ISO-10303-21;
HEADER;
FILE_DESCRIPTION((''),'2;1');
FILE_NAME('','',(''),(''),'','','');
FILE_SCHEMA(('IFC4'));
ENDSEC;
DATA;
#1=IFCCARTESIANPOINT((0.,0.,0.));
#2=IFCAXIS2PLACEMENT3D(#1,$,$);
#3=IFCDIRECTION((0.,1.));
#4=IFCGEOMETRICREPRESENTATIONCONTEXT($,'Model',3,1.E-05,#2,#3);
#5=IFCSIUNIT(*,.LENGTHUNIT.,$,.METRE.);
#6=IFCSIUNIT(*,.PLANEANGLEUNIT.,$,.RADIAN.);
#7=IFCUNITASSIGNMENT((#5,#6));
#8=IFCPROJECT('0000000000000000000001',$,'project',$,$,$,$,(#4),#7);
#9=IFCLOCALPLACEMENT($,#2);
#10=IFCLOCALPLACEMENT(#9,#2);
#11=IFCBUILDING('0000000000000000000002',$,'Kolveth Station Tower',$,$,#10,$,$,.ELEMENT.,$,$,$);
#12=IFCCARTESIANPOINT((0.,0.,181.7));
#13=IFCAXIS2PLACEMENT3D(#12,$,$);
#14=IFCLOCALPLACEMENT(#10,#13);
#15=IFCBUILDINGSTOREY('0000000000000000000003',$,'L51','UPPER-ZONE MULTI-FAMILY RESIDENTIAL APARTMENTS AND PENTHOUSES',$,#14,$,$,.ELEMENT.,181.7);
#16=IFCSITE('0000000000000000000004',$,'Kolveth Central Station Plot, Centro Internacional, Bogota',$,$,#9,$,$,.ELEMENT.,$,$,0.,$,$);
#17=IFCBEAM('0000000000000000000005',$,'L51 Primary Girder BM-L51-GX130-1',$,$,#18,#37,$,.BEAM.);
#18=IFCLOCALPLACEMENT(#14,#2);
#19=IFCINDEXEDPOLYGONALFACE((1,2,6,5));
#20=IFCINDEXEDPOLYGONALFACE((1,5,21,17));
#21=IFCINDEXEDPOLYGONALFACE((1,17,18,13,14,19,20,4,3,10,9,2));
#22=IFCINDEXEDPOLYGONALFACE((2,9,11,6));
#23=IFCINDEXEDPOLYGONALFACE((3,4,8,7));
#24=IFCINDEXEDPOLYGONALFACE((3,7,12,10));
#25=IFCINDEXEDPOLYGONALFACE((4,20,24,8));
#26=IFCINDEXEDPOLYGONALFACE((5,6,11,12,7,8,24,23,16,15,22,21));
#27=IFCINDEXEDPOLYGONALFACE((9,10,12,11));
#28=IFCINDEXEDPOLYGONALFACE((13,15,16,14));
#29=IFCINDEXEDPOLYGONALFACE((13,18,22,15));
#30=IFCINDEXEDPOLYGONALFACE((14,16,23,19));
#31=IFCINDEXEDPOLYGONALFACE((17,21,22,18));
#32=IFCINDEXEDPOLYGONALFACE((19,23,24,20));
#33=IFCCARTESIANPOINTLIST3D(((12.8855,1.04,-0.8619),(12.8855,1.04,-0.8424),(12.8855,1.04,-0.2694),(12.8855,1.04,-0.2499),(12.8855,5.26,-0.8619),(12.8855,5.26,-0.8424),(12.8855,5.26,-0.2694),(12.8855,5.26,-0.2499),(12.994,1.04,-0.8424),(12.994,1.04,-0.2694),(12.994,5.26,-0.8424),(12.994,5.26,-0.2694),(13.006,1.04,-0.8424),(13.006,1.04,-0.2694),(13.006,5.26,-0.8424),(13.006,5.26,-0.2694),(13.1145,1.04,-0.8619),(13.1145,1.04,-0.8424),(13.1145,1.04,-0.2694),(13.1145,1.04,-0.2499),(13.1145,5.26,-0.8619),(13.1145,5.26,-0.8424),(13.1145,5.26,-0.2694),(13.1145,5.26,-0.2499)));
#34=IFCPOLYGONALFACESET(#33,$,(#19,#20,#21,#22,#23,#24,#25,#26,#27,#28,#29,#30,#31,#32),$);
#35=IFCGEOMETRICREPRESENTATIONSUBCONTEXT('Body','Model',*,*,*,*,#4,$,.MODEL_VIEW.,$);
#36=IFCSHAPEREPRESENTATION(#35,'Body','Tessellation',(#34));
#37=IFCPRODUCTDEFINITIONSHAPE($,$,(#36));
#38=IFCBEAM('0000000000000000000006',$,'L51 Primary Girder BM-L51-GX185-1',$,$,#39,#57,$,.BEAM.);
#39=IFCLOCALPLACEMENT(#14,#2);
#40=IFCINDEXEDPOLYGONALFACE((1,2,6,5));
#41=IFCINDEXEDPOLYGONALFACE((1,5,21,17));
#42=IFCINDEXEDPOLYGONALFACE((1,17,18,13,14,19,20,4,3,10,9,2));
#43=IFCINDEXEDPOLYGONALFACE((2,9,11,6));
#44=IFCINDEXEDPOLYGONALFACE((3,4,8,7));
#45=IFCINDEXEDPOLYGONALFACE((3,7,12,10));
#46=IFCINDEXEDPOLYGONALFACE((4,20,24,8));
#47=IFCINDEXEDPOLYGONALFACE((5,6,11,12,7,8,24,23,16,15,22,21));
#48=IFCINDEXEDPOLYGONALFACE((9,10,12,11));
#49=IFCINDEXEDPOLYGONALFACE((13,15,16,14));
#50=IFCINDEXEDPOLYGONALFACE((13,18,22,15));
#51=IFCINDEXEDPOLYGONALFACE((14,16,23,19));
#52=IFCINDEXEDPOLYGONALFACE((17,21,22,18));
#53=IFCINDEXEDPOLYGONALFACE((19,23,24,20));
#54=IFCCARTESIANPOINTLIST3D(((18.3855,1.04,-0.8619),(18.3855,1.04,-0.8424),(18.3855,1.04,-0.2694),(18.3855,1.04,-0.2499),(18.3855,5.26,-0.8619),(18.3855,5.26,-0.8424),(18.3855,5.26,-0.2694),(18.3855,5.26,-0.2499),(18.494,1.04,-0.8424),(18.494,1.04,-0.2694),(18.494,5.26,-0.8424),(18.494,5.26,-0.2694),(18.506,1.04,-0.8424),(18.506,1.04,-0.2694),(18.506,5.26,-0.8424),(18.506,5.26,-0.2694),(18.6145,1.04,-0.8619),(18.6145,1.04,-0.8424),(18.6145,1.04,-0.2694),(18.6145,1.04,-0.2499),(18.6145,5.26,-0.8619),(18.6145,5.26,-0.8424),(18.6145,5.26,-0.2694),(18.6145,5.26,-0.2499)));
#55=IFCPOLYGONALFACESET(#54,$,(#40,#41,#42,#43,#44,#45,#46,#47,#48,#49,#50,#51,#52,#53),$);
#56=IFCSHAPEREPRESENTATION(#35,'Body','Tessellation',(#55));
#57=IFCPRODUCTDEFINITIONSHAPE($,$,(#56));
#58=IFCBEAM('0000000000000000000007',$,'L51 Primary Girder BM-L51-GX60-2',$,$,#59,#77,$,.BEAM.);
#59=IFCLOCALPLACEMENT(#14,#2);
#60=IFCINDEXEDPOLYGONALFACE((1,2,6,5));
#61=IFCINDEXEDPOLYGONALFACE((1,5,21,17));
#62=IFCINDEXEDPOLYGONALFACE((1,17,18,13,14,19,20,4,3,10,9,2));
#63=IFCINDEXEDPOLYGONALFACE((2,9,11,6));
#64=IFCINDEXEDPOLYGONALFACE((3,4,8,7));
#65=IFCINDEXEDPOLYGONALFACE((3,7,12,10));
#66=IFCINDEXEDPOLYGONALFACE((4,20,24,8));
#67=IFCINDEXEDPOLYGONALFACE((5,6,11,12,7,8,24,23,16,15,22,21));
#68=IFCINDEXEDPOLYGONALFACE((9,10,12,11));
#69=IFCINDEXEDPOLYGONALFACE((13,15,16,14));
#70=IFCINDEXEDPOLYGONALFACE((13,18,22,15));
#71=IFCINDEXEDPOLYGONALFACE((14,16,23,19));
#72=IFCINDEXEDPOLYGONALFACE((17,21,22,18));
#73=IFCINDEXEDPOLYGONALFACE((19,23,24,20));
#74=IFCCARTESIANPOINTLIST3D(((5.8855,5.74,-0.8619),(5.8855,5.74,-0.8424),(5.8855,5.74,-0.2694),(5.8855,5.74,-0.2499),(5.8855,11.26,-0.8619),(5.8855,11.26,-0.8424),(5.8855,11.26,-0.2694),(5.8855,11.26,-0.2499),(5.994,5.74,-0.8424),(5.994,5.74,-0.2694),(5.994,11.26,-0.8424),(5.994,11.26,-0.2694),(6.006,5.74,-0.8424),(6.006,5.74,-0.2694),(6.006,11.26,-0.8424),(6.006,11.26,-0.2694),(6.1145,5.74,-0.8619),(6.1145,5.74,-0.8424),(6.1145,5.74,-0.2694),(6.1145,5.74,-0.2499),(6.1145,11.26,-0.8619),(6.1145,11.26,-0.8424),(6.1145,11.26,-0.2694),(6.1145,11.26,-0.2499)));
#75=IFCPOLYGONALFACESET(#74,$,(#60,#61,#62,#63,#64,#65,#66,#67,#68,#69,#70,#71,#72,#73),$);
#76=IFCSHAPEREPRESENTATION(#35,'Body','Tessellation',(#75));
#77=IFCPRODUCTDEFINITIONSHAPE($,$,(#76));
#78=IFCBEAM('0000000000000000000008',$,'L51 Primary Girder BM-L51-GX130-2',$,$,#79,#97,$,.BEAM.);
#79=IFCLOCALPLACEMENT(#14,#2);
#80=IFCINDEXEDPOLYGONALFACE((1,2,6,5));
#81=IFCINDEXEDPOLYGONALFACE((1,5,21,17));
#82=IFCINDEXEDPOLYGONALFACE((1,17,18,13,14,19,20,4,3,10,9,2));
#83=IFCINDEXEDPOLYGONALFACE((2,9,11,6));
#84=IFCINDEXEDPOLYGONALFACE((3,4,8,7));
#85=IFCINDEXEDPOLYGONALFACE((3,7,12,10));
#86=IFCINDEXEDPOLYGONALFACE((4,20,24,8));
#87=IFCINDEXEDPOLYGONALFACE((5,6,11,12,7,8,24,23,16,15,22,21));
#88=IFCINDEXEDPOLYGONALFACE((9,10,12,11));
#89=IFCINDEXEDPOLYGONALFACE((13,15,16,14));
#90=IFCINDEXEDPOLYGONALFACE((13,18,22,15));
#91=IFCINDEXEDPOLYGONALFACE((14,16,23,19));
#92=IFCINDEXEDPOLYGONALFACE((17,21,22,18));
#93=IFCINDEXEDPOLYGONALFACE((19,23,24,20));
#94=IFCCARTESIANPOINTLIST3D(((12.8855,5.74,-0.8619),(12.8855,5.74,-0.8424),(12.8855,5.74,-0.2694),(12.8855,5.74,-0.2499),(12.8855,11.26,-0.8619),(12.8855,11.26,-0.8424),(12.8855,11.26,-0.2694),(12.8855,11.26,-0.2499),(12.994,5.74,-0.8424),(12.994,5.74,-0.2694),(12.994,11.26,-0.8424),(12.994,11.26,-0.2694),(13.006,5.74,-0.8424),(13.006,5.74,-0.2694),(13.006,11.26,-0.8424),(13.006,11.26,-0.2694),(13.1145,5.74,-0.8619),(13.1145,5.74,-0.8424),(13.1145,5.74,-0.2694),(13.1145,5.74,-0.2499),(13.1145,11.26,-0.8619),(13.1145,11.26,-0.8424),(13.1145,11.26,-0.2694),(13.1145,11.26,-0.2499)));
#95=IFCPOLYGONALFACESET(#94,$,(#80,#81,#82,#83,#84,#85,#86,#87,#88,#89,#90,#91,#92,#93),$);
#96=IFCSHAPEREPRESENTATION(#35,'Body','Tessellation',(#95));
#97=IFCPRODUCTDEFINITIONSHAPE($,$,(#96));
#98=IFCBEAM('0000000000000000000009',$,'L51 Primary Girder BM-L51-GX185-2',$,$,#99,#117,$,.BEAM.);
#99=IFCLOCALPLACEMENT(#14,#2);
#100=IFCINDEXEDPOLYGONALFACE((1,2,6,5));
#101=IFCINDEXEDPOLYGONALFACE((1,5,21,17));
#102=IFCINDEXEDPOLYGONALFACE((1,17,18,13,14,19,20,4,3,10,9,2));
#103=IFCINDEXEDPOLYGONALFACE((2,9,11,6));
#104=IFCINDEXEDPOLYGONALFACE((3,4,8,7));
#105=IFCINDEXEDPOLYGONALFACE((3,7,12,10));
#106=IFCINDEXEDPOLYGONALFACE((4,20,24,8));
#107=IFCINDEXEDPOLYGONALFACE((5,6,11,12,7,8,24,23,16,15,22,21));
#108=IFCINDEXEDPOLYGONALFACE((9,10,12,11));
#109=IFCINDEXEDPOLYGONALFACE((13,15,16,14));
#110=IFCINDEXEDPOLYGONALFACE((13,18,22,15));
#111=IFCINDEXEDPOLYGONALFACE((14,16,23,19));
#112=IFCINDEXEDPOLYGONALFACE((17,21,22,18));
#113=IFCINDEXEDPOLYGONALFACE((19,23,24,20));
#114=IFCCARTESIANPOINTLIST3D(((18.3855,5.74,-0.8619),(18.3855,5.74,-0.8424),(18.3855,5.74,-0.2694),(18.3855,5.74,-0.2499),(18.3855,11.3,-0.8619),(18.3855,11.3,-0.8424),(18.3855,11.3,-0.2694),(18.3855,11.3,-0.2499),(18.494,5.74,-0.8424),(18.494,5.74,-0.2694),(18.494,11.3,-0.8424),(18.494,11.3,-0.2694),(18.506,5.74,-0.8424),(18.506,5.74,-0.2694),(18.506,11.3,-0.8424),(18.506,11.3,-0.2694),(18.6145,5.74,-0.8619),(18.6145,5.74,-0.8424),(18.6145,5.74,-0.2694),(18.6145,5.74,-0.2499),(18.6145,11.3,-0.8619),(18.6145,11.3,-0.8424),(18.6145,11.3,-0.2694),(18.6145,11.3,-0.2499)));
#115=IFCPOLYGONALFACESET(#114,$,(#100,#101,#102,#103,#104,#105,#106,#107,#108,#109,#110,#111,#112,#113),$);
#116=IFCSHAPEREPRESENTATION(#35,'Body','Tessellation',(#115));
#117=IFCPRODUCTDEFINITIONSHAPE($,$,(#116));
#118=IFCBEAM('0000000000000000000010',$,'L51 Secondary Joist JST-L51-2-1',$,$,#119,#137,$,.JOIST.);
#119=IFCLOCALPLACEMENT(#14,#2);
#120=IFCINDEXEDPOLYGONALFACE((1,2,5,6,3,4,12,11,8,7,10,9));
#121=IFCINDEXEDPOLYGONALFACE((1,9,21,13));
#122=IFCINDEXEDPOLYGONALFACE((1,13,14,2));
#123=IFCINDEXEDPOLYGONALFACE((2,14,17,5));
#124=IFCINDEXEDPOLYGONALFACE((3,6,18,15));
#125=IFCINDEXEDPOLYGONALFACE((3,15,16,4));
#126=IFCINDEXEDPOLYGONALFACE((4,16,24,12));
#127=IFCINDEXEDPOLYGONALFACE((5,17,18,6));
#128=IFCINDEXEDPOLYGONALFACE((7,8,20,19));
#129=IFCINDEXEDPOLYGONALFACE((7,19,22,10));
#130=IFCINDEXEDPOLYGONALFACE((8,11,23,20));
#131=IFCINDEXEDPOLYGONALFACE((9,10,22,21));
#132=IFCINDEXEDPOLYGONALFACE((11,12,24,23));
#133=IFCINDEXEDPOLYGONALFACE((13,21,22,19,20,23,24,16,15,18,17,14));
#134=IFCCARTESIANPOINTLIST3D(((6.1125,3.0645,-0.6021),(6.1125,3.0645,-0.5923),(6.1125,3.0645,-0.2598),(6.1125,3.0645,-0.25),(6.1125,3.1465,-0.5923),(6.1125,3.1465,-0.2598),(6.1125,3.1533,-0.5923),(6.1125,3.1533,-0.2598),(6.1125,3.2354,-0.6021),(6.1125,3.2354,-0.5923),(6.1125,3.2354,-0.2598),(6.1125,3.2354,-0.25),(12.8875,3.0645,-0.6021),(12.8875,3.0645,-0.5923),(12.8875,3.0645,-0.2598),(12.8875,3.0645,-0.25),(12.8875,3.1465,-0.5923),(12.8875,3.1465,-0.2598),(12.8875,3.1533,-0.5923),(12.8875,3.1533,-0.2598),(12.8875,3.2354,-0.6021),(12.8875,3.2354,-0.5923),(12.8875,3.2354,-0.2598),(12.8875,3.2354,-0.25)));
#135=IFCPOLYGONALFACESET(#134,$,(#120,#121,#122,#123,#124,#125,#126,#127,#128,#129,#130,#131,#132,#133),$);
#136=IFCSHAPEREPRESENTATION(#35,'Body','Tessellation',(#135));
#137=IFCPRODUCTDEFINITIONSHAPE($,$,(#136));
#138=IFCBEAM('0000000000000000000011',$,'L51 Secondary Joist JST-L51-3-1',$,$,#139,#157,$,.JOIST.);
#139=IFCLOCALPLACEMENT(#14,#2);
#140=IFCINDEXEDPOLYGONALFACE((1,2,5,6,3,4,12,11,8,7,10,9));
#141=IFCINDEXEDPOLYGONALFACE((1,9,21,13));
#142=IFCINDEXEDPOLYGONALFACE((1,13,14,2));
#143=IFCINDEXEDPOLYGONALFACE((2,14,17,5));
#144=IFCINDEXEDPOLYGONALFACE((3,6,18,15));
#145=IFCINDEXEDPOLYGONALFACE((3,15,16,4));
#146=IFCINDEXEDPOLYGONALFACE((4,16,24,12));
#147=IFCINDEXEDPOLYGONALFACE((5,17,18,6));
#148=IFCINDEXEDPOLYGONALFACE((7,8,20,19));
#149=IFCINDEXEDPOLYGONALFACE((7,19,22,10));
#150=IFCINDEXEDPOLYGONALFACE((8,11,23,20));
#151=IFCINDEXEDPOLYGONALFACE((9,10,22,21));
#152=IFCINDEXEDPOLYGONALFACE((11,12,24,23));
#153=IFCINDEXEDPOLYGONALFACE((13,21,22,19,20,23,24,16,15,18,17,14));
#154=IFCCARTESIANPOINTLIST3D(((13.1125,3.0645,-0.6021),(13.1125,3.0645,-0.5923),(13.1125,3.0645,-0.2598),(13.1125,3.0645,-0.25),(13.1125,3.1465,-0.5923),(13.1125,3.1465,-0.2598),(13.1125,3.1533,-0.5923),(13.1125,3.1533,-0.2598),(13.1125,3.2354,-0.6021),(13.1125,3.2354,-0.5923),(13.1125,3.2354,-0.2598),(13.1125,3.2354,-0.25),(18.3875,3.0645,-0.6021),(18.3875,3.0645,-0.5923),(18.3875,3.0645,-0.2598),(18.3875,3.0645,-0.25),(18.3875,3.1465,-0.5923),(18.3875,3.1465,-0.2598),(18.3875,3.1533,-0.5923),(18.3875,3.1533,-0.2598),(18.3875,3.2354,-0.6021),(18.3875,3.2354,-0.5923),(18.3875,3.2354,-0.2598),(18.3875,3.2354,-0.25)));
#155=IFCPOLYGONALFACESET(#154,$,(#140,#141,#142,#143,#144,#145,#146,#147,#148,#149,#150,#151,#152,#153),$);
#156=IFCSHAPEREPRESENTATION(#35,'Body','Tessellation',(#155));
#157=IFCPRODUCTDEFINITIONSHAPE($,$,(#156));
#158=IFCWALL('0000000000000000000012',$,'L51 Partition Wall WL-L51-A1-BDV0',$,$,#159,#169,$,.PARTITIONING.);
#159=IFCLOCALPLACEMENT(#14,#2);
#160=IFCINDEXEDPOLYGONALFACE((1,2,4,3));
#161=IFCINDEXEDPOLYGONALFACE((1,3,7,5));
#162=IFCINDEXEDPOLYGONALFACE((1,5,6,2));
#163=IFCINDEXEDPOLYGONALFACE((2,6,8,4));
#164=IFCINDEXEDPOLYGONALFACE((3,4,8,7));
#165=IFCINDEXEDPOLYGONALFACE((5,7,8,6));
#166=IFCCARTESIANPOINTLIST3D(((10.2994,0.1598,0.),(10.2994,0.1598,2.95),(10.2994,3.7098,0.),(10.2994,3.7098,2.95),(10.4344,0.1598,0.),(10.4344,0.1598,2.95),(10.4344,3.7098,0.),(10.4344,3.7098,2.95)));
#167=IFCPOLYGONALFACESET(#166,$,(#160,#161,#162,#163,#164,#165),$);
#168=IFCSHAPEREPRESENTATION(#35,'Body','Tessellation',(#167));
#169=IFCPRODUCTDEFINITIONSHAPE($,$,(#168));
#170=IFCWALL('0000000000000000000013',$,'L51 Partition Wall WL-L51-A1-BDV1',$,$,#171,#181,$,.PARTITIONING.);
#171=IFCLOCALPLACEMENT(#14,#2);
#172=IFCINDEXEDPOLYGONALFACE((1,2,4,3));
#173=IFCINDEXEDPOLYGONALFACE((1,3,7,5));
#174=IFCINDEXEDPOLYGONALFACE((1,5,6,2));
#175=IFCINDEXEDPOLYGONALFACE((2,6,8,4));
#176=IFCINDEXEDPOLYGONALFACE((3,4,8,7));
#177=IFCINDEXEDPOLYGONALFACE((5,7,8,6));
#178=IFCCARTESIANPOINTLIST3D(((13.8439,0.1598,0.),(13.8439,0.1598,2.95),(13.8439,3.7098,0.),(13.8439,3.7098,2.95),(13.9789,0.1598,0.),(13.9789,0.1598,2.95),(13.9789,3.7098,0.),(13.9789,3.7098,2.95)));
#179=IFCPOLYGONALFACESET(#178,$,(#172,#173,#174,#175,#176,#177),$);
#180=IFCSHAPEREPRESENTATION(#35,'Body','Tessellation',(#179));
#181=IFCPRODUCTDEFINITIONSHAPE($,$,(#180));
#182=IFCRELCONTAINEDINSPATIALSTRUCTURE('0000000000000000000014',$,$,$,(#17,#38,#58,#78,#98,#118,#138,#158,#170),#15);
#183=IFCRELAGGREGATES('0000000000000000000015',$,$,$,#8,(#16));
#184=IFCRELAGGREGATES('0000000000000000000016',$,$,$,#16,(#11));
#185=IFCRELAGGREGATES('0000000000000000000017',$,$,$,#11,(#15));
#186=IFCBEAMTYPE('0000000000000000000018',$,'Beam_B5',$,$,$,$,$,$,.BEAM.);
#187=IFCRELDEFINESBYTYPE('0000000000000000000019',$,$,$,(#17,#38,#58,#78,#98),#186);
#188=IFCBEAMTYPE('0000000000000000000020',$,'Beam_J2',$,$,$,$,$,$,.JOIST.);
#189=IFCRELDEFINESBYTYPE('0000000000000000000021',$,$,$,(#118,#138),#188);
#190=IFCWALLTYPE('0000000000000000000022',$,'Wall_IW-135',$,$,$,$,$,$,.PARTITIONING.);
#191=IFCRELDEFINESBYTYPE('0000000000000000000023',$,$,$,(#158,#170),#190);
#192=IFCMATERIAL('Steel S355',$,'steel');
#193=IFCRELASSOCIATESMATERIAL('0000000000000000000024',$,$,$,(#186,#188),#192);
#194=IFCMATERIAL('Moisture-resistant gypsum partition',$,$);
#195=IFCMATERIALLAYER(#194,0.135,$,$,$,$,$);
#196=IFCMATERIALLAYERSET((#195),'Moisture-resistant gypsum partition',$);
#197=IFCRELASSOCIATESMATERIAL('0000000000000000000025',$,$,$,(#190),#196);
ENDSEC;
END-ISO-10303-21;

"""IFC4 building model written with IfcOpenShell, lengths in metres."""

from ifc_helpers import new_model, si_unit, direction, frame, frame_2d, origin, origin_2d, place, context, subcontext, project, spatial, rectangle, i_section, extrude, source, transform, mapped, material, layer, layer_set, material_profile, profile_set, type_object, element, save


model = new_model("IFC4")

# Units and contexts
model_context = context("Model", 3, precision=1e-05, world=origin(), true_north=direction((0.0, 1.0)))
body_context = subcontext(model_context, "Body", "Model", "MODEL_VIEW")
ifc_project = project(units=[si_unit("LENGTHUNIT", "METRE"), si_unit("PLANEANGLEUNIT", "RADIAN")], contexts=[model_context])

# Site, building, storey
site_placement = place(None, origin())
site = spatial("IfcSite", under=ifc_project, at=site_placement, Name="Kolveth Central Station Plot, Centro Internacional, Bogota", CompositionType="ELEMENT", RefElevation=0.0)
building_placement = place(site_placement, origin())
building = spatial("IfcBuilding", under=site, at=building_placement, Name="Kolveth Station Tower", CompositionType="ELEMENT")
storey_placement = place(building_placement, frame((0.0, 0.0, 181.7)))
storey = spatial("IfcBuildingStorey", under=building, at=storey_placement, Name="L51", Description="UPPER-ZONE MULTI-FAMILY RESIDENTIAL APARTMENTS AND PENTHOUSES", CompositionType="ELEMENT", Elevation=181.7)

# Shared definitions
ifc_material_1 = material(Name="Steel S355", Category="steel")

# Beams
ifc_material_profile_1 = material_profile(ifc_material_1, i_section(OverallWidth=0.229, OverallDepth=0.6121, WebThickness=0.012, FlangeThickness=0.0195, at=origin_2d()), Name="W610x125")
ifc_profile_set_1 = profile_set([ifc_material_profile_1], Name="Steel S355")
beam_type_1 = type_object("IfcBeamType", Name="Beam_B5", PredefinedType="BEAM", material=ifc_profile_set_1)
shared_shape_1 = source(origin(), body_context, "Body", "SweptSolid", [
    extrude(i_section(OverallWidth=0.229, OverallDepth=0.6121, WebThickness=0.012, FlangeThickness=0.0195, at=origin_2d()), origin(), (0.0, 0.0, 1.0), 4.22),
])
for number, where, z_axis, x_axis, name in (
    (1, (13.0, 1.04, -0.5559), (0.0, 1.0, 0.0), (-1.0, 0.0, 0.0), "L51 Primary Girder BM-L51-GX130-1"),
    (2, (18.5, 1.04, -0.5559), (0.0, 1.0, 0.0), (-1.0, 0.0, 0.0), "L51 Primary Girder BM-L51-GX185-1"),
):
    element("IfcBeam", number, at=place(storey_placement, frame(where, z_axis=z_axis, x_axis=x_axis)), inside=storey, type_object=beam_type_1, Name=name, PredefinedType="BEAM", context=body_context, shape_type="MappedRepresentation", body=[
        mapped(shared_shape_1, transform((0.0, 0.0, 0.0), x_axis=(1.0, 0.0, 0.0), y_axis=(0.0, 1.0, 0.0), z_axis=(0.0, 0.0, 1.0), scale=1.0)),
    ])
shared_shape_2 = source(origin(), body_context, "Body", "SweptSolid", [
    extrude(i_section(OverallWidth=0.229, OverallDepth=0.6121, WebThickness=0.012, FlangeThickness=0.0195, at=origin_2d()), origin(), (0.0, 0.0, 1.0), 5.52),
])
for number, where, z_axis, x_axis, name in (
    (3, (6.0, 5.74, -0.5559), (0.0, 1.0, 0.0), (-1.0, 0.0, 0.0), "L51 Primary Girder BM-L51-GX60-2"),
    (4, (13.0, 5.74, -0.5559), (0.0, 1.0, 0.0), (-1.0, 0.0, 0.0), "L51 Primary Girder BM-L51-GX130-2"),
):
    element("IfcBeam", number, at=place(storey_placement, frame(where, z_axis=z_axis, x_axis=x_axis)), inside=storey, type_object=beam_type_1, Name=name, PredefinedType="BEAM", context=body_context, shape_type="MappedRepresentation", body=[
        mapped(shared_shape_2, transform((0.0, 0.0, 0.0), x_axis=(1.0, 0.0, 0.0), y_axis=(0.0, 1.0, 0.0), z_axis=(0.0, 0.0, 1.0), scale=1.0)),
    ])
shared_shape_3 = source(origin(), body_context, "Body", "SweptSolid", [
    extrude(i_section(OverallWidth=0.229, OverallDepth=0.6121, WebThickness=0.012, FlangeThickness=0.0195, at=origin_2d()), origin(), (0.0, 0.0, 1.0), 5.5601),
])
beam_1_placement = place(storey_placement, frame((18.5, 5.74, -0.5559), z_axis=(0.0, 1.0, 0.0), x_axis=(-1.0, 0.0, 0.0)))
element("IfcBeam", 5, at=beam_1_placement, inside=storey, type_object=beam_type_1, Name="L51 Primary Girder BM-L51-GX185-2", PredefinedType="BEAM", context=body_context, shape_type="MappedRepresentation", body=[
    mapped(shared_shape_3, transform((0.0, 0.0, 0.0), x_axis=(1.0, 0.0, 0.0), y_axis=(0.0, 1.0, 0.0), z_axis=(0.0, 0.0, 1.0), scale=1.0)),
])
ifc_material_profile_2 = material_profile(ifc_material_1, i_section(OverallWidth=0.1709, OverallDepth=0.3521, WebThickness=0.0068, FlangeThickness=0.0098, at=origin_2d()), Name="W360x44")
ifc_profile_set_2 = profile_set([ifc_material_profile_2], Name="Steel S355")
beam_type_2 = type_object("IfcBeamType", Name="Beam_J2", PredefinedType="JOIST", material=ifc_profile_set_2)
shared_shape_4 = source(origin(), body_context, "Body", "SweptSolid", [
    extrude(i_section(OverallWidth=0.1709, OverallDepth=0.3521, WebThickness=0.0068, FlangeThickness=0.0098, at=origin_2d()), origin(), (0.0, 0.0, 1.0), 6.7749),
])
beam_2_placement = place(storey_placement, frame((6.1125, 3.1499, -0.426), z_axis=(1.0, 0.0, 0.0), x_axis=(0.0, 1.0, 0.0)))
element("IfcBeam", 6, at=beam_2_placement, inside=storey, type_object=beam_type_2, Name="L51 Secondary Joist JST-L51-2-1", PredefinedType="JOIST", context=body_context, shape_type="MappedRepresentation", body=[
    mapped(shared_shape_4, transform((0.0, 0.0, 0.0), x_axis=(1.0, 0.0, 0.0), y_axis=(0.0, 1.0, 0.0), z_axis=(0.0, 0.0, 1.0), scale=1.0)),
])
shared_shape_5 = source(origin(), body_context, "Body", "SweptSolid", [
    extrude(i_section(OverallWidth=0.1709, OverallDepth=0.3521, WebThickness=0.0068, FlangeThickness=0.0098, at=origin_2d()), origin(), (0.0, 0.0, 1.0), 5.2749),
])
beam_3_placement = place(storey_placement, frame((13.1125, 3.1499, -0.426), z_axis=(1.0, 0.0, 0.0), x_axis=(0.0, 1.0, 0.0)))
element("IfcBeam", 7, at=beam_3_placement, inside=storey, type_object=beam_type_2, Name="L51 Secondary Joist JST-L51-3-1", PredefinedType="JOIST", context=body_context, shape_type="MappedRepresentation", body=[
    mapped(shared_shape_5, transform((0.0, 0.0, 0.0), x_axis=(1.0, 0.0, 0.0), y_axis=(0.0, 1.0, 0.0), z_axis=(0.0, 0.0, 1.0), scale=1.0)),
])

# Wall
ifc_material_2 = material(Name="Moisture-resistant gypsum partition")
ifc_layer = layer(ifc_material_2, 0.135)
ifc_layer_set = layer_set([ifc_layer], Name="Moisture-resistant gypsum partition")
wall_type = type_object("IfcWallType", Name="Wall_IW-135", PredefinedType="PARTITIONING", material=ifc_layer_set)
wall_1_placement = place(storey_placement, frame((10.3669, 0.1599, 0.0), z_axis=(0.0, 0.0, 1.0), x_axis=(0.0, 1.0, 0.0)))
element("IfcWall", 8, at=wall_1_placement, inside=storey, type_object=wall_type, Name="L51 Partition Wall WL-L51-A1-BDV0", PredefinedType="PARTITIONING", context=body_context, shape_type="SweptSolid", body=[
    extrude(rectangle(XDim=3.55, YDim=0.135, at=frame_2d((1.7749, 0.0))), origin(), (0.0, 0.0, 1.0), 2.95),
])

# Wall
wall_2_placement = place(storey_placement, frame((13.9114, 0.1599, 0.0), z_axis=(0.0, 0.0, 1.0), x_axis=(0.0, 1.0, 0.0)))
element("IfcWall", 9, at=wall_2_placement, inside=storey, type_object=wall_type, Name="L51 Partition Wall WL-L51-A1-BDV1", PredefinedType="PARTITIONING", context=body_context, shape_type="SweptSolid", body=[
    extrude(rectangle(XDim=3.55, YDim=0.135, at=frame_2d((1.7749, 0.0))), origin(), (0.0, 0.0, 1.0), 2.95),
])

save(model, "model.ifc")
